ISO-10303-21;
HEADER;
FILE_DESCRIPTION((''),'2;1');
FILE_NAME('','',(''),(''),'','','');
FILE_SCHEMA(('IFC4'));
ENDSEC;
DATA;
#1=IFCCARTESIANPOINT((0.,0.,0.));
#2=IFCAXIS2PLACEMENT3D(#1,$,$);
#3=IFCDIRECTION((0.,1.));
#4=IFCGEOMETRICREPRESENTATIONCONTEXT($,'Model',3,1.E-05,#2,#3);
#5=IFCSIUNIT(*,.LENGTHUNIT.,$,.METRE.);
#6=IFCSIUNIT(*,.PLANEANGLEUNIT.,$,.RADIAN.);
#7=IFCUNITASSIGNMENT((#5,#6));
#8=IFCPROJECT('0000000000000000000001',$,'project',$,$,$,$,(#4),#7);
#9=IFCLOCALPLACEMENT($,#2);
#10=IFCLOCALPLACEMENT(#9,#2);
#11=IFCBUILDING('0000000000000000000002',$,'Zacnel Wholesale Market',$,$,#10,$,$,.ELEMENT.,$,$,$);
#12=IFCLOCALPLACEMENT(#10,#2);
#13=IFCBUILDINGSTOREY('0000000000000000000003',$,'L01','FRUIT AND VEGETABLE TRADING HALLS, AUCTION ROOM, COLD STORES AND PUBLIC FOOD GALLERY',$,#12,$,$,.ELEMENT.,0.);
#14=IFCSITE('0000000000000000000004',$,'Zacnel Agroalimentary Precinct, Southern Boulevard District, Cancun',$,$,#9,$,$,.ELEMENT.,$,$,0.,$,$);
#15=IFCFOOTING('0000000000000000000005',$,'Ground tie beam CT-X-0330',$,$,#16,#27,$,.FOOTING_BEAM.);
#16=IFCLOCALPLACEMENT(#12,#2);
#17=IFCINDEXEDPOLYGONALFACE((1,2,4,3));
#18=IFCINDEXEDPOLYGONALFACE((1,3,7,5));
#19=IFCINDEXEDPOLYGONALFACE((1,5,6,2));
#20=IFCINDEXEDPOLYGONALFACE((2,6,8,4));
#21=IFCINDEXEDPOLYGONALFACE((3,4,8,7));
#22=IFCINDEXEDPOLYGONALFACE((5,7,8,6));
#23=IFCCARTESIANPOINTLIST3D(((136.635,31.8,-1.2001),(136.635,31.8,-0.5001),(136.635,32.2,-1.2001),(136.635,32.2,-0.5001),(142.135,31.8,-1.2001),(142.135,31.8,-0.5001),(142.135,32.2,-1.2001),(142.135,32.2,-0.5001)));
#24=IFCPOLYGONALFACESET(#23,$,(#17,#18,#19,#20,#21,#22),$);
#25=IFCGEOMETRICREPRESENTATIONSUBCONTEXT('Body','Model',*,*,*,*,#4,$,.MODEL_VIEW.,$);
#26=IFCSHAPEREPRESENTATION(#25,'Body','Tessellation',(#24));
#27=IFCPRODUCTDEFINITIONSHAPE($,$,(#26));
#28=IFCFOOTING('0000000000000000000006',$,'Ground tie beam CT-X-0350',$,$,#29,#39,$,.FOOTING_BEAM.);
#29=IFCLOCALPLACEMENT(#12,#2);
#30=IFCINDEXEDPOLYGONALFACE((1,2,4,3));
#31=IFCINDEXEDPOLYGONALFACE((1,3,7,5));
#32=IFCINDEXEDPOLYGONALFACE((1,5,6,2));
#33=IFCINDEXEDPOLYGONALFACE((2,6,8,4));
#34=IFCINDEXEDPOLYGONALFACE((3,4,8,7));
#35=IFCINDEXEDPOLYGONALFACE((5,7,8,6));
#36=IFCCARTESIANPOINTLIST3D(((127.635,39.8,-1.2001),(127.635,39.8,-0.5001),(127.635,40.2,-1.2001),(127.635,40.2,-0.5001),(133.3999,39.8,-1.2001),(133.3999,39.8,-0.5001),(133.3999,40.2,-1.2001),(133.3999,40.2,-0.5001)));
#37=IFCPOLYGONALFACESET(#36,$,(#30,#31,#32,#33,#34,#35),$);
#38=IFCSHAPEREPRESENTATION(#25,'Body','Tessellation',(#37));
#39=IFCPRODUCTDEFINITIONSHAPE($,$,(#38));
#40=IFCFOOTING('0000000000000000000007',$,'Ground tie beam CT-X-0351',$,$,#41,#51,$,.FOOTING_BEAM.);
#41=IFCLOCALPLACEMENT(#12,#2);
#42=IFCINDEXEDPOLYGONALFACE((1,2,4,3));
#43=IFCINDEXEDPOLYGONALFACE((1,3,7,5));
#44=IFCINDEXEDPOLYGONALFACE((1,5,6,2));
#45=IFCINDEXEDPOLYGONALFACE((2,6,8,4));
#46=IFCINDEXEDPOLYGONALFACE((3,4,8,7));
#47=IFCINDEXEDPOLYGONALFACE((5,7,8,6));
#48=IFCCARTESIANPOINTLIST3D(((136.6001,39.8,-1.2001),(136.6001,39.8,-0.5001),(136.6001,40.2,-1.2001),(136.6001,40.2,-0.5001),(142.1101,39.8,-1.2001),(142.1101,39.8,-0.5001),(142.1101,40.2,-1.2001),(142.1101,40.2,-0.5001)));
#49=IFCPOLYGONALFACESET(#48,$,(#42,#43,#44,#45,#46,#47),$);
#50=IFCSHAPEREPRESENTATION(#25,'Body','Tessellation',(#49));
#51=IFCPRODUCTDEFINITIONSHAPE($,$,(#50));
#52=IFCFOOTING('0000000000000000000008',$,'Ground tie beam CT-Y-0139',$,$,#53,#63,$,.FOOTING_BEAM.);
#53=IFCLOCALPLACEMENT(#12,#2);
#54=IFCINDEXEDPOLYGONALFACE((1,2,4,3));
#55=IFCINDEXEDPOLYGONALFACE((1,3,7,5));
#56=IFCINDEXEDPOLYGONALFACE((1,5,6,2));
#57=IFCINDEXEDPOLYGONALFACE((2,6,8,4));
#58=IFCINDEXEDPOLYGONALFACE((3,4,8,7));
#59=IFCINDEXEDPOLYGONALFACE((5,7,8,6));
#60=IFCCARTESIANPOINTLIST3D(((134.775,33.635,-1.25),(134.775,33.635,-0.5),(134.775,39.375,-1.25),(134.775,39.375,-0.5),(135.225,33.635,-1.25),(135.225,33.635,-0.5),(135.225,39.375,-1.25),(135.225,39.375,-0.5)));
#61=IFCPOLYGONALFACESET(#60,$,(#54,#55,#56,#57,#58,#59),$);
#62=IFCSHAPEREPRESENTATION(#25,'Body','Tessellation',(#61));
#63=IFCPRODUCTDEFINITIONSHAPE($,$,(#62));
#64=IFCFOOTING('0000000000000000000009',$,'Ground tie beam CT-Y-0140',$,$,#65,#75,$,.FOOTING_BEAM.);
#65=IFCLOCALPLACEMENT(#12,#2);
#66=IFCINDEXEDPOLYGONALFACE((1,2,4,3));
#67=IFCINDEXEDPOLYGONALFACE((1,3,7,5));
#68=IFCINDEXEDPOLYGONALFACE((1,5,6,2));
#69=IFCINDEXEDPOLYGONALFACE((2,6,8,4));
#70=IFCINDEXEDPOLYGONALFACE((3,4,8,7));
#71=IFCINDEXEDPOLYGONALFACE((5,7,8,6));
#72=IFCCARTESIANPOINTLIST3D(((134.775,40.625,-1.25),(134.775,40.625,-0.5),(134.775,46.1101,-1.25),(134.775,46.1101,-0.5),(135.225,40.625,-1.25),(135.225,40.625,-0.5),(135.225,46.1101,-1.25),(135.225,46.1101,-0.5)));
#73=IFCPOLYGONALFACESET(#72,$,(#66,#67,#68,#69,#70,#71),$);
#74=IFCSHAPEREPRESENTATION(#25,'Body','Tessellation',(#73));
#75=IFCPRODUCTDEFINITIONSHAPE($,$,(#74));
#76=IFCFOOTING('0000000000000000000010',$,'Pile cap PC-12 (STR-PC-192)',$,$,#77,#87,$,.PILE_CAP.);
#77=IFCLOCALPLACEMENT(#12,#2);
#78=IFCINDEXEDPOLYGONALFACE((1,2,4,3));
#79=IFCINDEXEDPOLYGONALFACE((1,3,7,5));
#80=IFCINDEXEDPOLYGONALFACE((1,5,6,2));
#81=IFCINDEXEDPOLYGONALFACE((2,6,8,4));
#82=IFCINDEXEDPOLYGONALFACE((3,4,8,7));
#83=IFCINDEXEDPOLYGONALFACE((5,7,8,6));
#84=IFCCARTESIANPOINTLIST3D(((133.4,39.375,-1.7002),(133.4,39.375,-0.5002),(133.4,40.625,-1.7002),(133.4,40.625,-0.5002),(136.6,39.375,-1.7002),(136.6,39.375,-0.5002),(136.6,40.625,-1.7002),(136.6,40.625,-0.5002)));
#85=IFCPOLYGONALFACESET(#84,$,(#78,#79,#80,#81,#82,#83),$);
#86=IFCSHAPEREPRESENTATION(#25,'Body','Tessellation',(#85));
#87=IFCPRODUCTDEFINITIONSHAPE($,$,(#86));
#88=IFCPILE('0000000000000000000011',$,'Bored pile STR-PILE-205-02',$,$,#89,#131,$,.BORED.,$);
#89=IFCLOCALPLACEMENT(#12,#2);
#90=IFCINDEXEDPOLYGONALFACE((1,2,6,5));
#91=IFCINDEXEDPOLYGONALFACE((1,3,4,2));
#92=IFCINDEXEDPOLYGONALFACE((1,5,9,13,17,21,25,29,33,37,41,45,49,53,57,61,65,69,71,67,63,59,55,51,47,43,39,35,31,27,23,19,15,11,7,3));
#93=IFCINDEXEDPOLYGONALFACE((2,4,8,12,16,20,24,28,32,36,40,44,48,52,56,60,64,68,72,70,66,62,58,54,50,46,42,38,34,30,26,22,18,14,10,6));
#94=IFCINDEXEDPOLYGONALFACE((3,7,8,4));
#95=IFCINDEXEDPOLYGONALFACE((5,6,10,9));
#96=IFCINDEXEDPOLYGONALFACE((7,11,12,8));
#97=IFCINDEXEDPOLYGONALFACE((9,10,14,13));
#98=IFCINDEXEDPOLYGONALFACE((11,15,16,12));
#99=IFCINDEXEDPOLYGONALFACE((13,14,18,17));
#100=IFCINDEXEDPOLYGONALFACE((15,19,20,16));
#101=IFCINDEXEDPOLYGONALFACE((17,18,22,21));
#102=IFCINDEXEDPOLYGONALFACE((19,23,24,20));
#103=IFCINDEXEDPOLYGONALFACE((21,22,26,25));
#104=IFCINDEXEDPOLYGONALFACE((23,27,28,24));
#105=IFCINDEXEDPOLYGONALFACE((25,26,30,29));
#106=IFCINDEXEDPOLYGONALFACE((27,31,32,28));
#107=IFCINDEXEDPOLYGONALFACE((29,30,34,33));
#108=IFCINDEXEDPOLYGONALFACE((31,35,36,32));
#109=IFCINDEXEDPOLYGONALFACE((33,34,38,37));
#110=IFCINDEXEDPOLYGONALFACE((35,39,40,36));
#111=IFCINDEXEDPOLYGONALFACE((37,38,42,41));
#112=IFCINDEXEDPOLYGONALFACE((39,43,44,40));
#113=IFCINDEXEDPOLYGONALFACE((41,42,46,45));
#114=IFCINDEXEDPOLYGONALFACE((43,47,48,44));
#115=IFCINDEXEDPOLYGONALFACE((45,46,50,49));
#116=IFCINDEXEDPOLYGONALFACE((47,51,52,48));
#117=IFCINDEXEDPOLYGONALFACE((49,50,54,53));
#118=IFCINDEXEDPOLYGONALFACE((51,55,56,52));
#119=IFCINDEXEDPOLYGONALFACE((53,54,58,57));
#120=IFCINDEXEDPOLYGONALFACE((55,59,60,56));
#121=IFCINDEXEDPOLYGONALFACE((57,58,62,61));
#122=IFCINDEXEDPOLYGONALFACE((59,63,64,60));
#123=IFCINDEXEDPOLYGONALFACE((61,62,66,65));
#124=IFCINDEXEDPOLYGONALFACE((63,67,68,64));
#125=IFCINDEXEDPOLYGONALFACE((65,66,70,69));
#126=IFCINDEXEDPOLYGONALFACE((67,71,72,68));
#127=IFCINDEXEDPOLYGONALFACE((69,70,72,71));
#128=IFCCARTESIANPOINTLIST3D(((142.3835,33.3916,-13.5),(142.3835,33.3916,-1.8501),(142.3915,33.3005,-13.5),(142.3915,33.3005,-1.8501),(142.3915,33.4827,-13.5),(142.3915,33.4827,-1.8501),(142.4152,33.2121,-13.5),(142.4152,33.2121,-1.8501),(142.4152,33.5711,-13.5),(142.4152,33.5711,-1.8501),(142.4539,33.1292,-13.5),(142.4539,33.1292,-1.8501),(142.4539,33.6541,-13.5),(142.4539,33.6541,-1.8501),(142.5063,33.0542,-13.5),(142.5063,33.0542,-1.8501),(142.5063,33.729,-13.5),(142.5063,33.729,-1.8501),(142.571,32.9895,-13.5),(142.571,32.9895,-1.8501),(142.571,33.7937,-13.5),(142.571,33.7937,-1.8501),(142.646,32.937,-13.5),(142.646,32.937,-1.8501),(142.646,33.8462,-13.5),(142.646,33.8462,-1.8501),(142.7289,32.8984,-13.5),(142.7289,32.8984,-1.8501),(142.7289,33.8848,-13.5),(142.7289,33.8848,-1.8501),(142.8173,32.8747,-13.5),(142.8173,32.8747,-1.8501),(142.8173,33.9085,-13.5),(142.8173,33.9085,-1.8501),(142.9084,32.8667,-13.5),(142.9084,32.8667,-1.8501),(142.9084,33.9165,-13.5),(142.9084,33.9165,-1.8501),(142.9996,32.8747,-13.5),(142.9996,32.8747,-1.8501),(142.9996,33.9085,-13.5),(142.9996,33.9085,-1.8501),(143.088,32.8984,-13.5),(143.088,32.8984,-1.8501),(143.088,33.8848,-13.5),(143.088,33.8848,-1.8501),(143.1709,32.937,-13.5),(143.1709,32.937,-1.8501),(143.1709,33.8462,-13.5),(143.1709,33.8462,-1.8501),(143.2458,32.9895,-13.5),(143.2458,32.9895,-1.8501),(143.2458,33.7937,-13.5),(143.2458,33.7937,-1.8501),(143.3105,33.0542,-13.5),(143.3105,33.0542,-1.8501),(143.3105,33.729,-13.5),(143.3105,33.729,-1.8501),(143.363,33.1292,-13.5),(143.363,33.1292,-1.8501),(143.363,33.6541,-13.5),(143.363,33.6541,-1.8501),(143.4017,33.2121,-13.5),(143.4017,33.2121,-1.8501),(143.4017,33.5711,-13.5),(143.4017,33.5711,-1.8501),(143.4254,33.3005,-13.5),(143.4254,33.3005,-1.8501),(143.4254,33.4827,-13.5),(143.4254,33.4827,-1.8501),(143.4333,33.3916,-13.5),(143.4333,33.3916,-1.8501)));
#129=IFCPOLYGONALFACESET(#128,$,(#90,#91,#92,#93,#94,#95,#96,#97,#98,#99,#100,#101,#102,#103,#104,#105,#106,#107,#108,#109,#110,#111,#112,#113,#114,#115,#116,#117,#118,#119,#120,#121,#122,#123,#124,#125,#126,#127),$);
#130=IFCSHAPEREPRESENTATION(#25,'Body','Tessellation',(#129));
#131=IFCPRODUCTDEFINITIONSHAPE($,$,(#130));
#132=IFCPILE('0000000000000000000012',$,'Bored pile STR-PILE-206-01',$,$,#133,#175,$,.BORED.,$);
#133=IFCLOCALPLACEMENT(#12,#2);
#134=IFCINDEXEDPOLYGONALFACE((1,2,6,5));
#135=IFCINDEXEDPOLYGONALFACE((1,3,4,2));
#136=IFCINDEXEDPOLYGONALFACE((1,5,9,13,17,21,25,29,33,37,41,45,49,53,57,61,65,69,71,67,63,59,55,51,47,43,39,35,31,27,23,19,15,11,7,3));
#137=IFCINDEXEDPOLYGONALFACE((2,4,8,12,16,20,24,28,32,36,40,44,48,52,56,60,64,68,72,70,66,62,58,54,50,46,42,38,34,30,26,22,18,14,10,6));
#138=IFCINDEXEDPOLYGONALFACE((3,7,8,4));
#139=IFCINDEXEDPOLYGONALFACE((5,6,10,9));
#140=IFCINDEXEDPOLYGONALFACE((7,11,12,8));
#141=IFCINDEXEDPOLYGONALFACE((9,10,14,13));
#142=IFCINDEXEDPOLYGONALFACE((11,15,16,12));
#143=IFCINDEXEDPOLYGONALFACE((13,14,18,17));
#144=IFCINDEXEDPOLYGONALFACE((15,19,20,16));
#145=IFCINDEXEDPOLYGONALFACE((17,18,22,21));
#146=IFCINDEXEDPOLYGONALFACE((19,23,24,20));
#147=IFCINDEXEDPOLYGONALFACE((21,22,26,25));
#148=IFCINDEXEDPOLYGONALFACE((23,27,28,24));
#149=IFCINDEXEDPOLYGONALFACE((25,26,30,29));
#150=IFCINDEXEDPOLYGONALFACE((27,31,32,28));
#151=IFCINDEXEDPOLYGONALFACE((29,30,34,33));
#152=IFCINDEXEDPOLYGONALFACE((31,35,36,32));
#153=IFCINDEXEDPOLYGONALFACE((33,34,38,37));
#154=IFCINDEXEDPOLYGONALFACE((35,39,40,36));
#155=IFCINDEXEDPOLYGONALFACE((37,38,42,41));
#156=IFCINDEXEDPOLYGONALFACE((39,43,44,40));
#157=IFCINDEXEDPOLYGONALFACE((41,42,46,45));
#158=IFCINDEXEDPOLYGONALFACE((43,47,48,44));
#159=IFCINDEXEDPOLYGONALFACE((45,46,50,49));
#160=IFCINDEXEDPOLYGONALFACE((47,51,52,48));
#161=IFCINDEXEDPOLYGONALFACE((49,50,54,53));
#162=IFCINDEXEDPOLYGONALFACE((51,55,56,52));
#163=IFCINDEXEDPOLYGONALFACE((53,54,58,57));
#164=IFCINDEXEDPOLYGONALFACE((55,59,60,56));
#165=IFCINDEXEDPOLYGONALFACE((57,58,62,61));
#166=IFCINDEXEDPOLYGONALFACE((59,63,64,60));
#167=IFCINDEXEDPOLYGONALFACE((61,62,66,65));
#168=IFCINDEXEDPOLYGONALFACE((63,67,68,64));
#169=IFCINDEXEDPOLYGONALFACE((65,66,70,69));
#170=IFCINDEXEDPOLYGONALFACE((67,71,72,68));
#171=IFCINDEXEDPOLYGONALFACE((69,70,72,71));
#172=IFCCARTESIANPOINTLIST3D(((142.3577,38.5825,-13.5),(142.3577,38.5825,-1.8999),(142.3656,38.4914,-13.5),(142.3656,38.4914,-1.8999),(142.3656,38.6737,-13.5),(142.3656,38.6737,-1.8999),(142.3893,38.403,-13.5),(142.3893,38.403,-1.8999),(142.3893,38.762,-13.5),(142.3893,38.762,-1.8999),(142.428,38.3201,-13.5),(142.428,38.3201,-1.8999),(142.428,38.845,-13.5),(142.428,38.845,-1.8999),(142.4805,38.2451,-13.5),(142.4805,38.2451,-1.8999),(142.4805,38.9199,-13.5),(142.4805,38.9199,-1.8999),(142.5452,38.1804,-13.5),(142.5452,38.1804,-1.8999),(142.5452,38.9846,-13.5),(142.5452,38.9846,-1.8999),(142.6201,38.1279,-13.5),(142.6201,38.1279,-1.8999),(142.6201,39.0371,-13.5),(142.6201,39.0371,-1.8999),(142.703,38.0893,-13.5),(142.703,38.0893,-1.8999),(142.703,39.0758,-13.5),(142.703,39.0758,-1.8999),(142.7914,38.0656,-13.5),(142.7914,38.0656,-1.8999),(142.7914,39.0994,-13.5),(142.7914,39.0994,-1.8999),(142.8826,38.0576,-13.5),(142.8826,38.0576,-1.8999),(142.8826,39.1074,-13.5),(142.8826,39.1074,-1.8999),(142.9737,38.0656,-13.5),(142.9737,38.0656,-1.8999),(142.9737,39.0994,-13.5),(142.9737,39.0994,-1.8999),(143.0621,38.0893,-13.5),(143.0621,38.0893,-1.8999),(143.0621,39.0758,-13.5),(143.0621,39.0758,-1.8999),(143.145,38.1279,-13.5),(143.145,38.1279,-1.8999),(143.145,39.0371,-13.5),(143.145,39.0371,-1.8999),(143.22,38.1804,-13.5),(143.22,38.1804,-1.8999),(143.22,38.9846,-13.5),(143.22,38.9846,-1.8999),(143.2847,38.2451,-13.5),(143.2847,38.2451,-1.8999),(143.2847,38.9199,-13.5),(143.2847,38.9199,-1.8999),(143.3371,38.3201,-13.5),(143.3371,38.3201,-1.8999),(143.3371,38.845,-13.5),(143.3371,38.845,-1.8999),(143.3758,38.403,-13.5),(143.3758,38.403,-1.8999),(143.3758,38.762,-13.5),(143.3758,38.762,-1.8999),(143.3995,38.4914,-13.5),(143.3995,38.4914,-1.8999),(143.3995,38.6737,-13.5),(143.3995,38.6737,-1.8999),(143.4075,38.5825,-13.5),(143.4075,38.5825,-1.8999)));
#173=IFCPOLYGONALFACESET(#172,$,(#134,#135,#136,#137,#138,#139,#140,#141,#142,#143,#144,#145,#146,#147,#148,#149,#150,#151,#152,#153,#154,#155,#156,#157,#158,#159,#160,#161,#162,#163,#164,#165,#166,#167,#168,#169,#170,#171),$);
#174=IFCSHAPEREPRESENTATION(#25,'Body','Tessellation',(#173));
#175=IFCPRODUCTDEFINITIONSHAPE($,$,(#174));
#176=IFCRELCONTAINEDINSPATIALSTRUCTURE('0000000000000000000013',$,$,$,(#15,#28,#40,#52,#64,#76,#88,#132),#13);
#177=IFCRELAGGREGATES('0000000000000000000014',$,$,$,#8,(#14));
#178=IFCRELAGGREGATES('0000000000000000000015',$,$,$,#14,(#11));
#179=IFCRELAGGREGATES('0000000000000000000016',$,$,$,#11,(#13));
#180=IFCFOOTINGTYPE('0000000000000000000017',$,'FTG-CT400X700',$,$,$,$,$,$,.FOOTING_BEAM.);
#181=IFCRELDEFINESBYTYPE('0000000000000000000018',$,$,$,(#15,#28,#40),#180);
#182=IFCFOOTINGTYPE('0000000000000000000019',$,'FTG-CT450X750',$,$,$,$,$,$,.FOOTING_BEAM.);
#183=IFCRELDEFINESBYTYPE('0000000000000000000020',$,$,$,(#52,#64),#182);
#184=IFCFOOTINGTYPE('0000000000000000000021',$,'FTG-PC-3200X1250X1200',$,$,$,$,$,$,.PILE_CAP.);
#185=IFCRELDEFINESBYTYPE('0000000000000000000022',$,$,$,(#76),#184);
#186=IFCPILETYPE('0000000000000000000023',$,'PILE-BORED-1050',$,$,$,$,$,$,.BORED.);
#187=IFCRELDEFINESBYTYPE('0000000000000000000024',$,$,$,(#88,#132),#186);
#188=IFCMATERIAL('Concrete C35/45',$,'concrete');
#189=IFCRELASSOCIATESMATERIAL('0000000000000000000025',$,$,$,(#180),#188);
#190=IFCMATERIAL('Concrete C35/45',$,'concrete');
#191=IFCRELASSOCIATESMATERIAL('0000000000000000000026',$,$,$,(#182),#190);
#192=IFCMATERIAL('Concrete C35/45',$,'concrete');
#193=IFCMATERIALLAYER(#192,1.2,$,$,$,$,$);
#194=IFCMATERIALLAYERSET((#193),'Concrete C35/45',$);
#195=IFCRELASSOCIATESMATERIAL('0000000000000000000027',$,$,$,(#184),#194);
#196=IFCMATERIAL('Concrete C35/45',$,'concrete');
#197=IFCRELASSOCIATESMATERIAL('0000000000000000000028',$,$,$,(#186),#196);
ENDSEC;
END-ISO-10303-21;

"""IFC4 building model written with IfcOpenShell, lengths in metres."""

from ifc_helpers import new_model, si_unit, direction, frame, origin, origin_2d, place, context, subcontext, project, spatial, rectangle, circle, extrude, material, layer, layer_set, material_profile, profile_set, type_object, element, save


model = new_model("IFC4")

# Units and contexts
model_context = context("Model", 3, precision=1e-05, world=origin(), true_north=direction((0.0, 1.0)))
body_context = subcontext(model_context, "Body", "Model", "MODEL_VIEW")
ifc_project = project(units=[si_unit("LENGTHUNIT", "METRE"), si_unit("PLANEANGLEUNIT", "RADIAN")], contexts=[model_context])

# Site, building, storey
site_placement = place(None, origin())
site = spatial("IfcSite", under=ifc_project, at=site_placement, Name="Zacnel Agroalimentary Precinct, Southern Boulevard District, Cancun", CompositionType="ELEMENT", RefElevation=0.0)
building_placement = place(site_placement, origin())
building = spatial("IfcBuilding", under=site, at=building_placement, Name="Zacnel Wholesale Market", CompositionType="ELEMENT")
storey_placement = place(building_placement, origin())
storey = spatial("IfcBuildingStorey", under=building, at=storey_placement, Name="L01", Description="FRUIT AND VEGETABLE TRADING HALLS, AUCTION ROOM, COLD STORES AND PUBLIC FOOD GALLERY", CompositionType="ELEMENT", Elevation=0.0)

# Footings
ifc_material_1 = material(Name="Concrete C35/45", Category="concrete")
ifc_material_profile_1 = material_profile(ifc_material_1, rectangle(XDim=0.3999, YDim=0.7, at=origin_2d()), Name="CT 400x700")
ifc_profile_set_1 = profile_set([ifc_material_profile_1], Name="Concrete C35/45")
footing_type_1 = type_object("IfcFootingType", Name="FTG-CT400X700", PredefinedType="FOOTING_BEAM", material=ifc_profile_set_1)
footing_1_placement = place(storey_placement, frame((136.635, 32.0, -0.8501), z_axis=(1.0, 0.0, 0.0), x_axis=(0.0, 1.0, 0.0)))
element("IfcFooting", 1, at=footing_1_placement, inside=storey, type_object=footing_type_1, Name="Ground tie beam CT-X-0330", PredefinedType="FOOTING_BEAM", context=body_context, shape_type="SweptSolid", body=[
    extrude(rectangle(XDim=0.3999, YDim=0.7, at=origin_2d()), origin(), (0.0, 0.0, 1.0), 5.5),
])
footing_2_placement = place(storey_placement, frame((127.635, 40.0, -0.8501), z_axis=(1.0, 0.0, 0.0), x_axis=(0.0, 1.0, 0.0)))
element("IfcFooting", 2, at=footing_2_placement, inside=storey, type_object=footing_type_1, Name="Ground tie beam CT-X-0350", PredefinedType="FOOTING_BEAM", context=body_context, shape_type="SweptSolid", body=[
    extrude(rectangle(XDim=0.3999, YDim=0.7, at=origin_2d()), origin(), (0.0, 0.0, 1.0), 5.7649),
])
footing_3_placement = place(storey_placement, frame((136.6001, 40.0, -0.8501), z_axis=(1.0, 0.0, 0.0), x_axis=(0.0, 1.0, 0.0)))
element("IfcFooting", 3, at=footing_3_placement, inside=storey, type_object=footing_type_1, Name="Ground tie beam CT-X-0351", PredefinedType="FOOTING_BEAM", context=body_context, shape_type="SweptSolid", body=[
    extrude(rectangle(XDim=0.3999, YDim=0.7, at=origin_2d()), origin(), (0.0, 0.0, 1.0), 5.51),
])
ifc_material_2 = material(Name="Concrete C35/45", Category="concrete")
ifc_material_profile_2 = material_profile(ifc_material_2, rectangle(XDim=0.45, YDim=0.75, at=origin_2d()), Name="CT 450x750")
ifc_profile_set_2 = profile_set([ifc_material_profile_2], Name="Concrete C35/45")
footing_type_2 = type_object("IfcFootingType", Name="FTG-CT450X750", PredefinedType="FOOTING_BEAM", material=ifc_profile_set_2)
footing_4_placement = place(storey_placement, frame((135.0, 33.635, -0.875), z_axis=(0.0, 1.0, 0.0), x_axis=(-1.0, 0.0, 0.0)))
element("IfcFooting", 4, at=footing_4_placement, inside=storey, type_object=footing_type_2, Name="Ground tie beam CT-Y-0139", PredefinedType="FOOTING_BEAM", context=body_context, shape_type="SweptSolid", body=[
    extrude(rectangle(XDim=0.45, YDim=0.75, at=origin_2d()), origin(), (0.0, 0.0, 1.0), 5.74),
])
footing_5_placement = place(storey_placement, frame((135.0, 40.625, -0.875), z_axis=(0.0, 1.0, 0.0), x_axis=(-1.0, 0.0, 0.0)))
element("IfcFooting", 5, at=footing_5_placement, inside=storey, type_object=footing_type_2, Name="Ground tie beam CT-Y-0140", PredefinedType="FOOTING_BEAM", context=body_context, shape_type="SweptSolid", body=[
    extrude(rectangle(XDim=0.45, YDim=0.75, at=origin_2d()), origin(), (0.0, 0.0, 1.0), 5.4851),
])
ifc_material_3 = material(Name="Concrete C35/45", Category="concrete")
ifc_layer_1 = layer(ifc_material_3, 1.2)
ifc_layer_set_1 = layer_set([ifc_layer_1], Name="Concrete C35/45")
footing_type_3 = type_object("IfcFootingType", Name="FTG-PC-3200X1250X1200", PredefinedType="PILE_CAP", material=ifc_layer_set_1)
footing_6_placement = place(storey_placement, frame((135.0, 40.0, -1.7002), z_axis=(0.0, 0.0, 1.0), x_axis=(1.0, 0.0, 0.0)))
element("IfcFooting", 6, at=footing_6_placement, inside=storey, type_object=footing_type_3, Name="Pile cap PC-12 (STR-PC-192)", PredefinedType="PILE_CAP", context=body_context, shape_type="SweptSolid", body=[
    extrude(rectangle(XDim=3.2, YDim=1.25, at=origin_2d()), origin(), (0.0, 0.0, 1.0), 1.2),
])

# Piles
ifc_material_4 = material(Name="Concrete C35/45", Category="concrete")
ifc_material_profile_3 = material_profile(ifc_material_4, circle(Radius=0.5249, at=origin_2d()), Name="BORED PILE D1050")
ifc_profile_set_3 = profile_set([ifc_material_profile_3], Name="Concrete C35/45")
pile_type_1 = type_object("IfcPileType", Name="PILE-BORED-1050", PredefinedType="BORED", material=ifc_profile_set_3)
pile_1_placement = place(storey_placement, frame((142.9084, 33.3916, -1.8501), z_axis=(0.0, 0.0, -1.0), x_axis=(1.0, 0.0, 0.0)))
element("IfcPile", 7, at=pile_1_placement, inside=storey, type_object=pile_type_1, Name="Bored pile STR-PILE-205-02", PredefinedType="BORED", context=body_context, shape_type="SweptSolid", body=[
    extrude(circle(Radius=0.5249, at=origin_2d()), origin(), (0.0, 0.0, 1.0), 11.6499),
])
for number, where, z_axis, x_axis, name in (
    (8, (142.8826, 38.5825, -1.8999), (0.0, 0.0, -1.0), (1.0, 0.0, 0.0), "Bored pile STR-PILE-206-01"),
):
    element("IfcPile", number, at=place(storey_placement, frame(where, z_axis=z_axis, x_axis=x_axis)), inside=storey, type_object=pile_type_1, Name=name, PredefinedType="BORED", context=body_context, shape_type="SweptSolid", body=[
        extrude(circle(Radius=0.5249, at=origin_2d()), origin(), (0.0, 0.0, 1.0), 11.6001),
    ])

save(model, "model.ifc")
